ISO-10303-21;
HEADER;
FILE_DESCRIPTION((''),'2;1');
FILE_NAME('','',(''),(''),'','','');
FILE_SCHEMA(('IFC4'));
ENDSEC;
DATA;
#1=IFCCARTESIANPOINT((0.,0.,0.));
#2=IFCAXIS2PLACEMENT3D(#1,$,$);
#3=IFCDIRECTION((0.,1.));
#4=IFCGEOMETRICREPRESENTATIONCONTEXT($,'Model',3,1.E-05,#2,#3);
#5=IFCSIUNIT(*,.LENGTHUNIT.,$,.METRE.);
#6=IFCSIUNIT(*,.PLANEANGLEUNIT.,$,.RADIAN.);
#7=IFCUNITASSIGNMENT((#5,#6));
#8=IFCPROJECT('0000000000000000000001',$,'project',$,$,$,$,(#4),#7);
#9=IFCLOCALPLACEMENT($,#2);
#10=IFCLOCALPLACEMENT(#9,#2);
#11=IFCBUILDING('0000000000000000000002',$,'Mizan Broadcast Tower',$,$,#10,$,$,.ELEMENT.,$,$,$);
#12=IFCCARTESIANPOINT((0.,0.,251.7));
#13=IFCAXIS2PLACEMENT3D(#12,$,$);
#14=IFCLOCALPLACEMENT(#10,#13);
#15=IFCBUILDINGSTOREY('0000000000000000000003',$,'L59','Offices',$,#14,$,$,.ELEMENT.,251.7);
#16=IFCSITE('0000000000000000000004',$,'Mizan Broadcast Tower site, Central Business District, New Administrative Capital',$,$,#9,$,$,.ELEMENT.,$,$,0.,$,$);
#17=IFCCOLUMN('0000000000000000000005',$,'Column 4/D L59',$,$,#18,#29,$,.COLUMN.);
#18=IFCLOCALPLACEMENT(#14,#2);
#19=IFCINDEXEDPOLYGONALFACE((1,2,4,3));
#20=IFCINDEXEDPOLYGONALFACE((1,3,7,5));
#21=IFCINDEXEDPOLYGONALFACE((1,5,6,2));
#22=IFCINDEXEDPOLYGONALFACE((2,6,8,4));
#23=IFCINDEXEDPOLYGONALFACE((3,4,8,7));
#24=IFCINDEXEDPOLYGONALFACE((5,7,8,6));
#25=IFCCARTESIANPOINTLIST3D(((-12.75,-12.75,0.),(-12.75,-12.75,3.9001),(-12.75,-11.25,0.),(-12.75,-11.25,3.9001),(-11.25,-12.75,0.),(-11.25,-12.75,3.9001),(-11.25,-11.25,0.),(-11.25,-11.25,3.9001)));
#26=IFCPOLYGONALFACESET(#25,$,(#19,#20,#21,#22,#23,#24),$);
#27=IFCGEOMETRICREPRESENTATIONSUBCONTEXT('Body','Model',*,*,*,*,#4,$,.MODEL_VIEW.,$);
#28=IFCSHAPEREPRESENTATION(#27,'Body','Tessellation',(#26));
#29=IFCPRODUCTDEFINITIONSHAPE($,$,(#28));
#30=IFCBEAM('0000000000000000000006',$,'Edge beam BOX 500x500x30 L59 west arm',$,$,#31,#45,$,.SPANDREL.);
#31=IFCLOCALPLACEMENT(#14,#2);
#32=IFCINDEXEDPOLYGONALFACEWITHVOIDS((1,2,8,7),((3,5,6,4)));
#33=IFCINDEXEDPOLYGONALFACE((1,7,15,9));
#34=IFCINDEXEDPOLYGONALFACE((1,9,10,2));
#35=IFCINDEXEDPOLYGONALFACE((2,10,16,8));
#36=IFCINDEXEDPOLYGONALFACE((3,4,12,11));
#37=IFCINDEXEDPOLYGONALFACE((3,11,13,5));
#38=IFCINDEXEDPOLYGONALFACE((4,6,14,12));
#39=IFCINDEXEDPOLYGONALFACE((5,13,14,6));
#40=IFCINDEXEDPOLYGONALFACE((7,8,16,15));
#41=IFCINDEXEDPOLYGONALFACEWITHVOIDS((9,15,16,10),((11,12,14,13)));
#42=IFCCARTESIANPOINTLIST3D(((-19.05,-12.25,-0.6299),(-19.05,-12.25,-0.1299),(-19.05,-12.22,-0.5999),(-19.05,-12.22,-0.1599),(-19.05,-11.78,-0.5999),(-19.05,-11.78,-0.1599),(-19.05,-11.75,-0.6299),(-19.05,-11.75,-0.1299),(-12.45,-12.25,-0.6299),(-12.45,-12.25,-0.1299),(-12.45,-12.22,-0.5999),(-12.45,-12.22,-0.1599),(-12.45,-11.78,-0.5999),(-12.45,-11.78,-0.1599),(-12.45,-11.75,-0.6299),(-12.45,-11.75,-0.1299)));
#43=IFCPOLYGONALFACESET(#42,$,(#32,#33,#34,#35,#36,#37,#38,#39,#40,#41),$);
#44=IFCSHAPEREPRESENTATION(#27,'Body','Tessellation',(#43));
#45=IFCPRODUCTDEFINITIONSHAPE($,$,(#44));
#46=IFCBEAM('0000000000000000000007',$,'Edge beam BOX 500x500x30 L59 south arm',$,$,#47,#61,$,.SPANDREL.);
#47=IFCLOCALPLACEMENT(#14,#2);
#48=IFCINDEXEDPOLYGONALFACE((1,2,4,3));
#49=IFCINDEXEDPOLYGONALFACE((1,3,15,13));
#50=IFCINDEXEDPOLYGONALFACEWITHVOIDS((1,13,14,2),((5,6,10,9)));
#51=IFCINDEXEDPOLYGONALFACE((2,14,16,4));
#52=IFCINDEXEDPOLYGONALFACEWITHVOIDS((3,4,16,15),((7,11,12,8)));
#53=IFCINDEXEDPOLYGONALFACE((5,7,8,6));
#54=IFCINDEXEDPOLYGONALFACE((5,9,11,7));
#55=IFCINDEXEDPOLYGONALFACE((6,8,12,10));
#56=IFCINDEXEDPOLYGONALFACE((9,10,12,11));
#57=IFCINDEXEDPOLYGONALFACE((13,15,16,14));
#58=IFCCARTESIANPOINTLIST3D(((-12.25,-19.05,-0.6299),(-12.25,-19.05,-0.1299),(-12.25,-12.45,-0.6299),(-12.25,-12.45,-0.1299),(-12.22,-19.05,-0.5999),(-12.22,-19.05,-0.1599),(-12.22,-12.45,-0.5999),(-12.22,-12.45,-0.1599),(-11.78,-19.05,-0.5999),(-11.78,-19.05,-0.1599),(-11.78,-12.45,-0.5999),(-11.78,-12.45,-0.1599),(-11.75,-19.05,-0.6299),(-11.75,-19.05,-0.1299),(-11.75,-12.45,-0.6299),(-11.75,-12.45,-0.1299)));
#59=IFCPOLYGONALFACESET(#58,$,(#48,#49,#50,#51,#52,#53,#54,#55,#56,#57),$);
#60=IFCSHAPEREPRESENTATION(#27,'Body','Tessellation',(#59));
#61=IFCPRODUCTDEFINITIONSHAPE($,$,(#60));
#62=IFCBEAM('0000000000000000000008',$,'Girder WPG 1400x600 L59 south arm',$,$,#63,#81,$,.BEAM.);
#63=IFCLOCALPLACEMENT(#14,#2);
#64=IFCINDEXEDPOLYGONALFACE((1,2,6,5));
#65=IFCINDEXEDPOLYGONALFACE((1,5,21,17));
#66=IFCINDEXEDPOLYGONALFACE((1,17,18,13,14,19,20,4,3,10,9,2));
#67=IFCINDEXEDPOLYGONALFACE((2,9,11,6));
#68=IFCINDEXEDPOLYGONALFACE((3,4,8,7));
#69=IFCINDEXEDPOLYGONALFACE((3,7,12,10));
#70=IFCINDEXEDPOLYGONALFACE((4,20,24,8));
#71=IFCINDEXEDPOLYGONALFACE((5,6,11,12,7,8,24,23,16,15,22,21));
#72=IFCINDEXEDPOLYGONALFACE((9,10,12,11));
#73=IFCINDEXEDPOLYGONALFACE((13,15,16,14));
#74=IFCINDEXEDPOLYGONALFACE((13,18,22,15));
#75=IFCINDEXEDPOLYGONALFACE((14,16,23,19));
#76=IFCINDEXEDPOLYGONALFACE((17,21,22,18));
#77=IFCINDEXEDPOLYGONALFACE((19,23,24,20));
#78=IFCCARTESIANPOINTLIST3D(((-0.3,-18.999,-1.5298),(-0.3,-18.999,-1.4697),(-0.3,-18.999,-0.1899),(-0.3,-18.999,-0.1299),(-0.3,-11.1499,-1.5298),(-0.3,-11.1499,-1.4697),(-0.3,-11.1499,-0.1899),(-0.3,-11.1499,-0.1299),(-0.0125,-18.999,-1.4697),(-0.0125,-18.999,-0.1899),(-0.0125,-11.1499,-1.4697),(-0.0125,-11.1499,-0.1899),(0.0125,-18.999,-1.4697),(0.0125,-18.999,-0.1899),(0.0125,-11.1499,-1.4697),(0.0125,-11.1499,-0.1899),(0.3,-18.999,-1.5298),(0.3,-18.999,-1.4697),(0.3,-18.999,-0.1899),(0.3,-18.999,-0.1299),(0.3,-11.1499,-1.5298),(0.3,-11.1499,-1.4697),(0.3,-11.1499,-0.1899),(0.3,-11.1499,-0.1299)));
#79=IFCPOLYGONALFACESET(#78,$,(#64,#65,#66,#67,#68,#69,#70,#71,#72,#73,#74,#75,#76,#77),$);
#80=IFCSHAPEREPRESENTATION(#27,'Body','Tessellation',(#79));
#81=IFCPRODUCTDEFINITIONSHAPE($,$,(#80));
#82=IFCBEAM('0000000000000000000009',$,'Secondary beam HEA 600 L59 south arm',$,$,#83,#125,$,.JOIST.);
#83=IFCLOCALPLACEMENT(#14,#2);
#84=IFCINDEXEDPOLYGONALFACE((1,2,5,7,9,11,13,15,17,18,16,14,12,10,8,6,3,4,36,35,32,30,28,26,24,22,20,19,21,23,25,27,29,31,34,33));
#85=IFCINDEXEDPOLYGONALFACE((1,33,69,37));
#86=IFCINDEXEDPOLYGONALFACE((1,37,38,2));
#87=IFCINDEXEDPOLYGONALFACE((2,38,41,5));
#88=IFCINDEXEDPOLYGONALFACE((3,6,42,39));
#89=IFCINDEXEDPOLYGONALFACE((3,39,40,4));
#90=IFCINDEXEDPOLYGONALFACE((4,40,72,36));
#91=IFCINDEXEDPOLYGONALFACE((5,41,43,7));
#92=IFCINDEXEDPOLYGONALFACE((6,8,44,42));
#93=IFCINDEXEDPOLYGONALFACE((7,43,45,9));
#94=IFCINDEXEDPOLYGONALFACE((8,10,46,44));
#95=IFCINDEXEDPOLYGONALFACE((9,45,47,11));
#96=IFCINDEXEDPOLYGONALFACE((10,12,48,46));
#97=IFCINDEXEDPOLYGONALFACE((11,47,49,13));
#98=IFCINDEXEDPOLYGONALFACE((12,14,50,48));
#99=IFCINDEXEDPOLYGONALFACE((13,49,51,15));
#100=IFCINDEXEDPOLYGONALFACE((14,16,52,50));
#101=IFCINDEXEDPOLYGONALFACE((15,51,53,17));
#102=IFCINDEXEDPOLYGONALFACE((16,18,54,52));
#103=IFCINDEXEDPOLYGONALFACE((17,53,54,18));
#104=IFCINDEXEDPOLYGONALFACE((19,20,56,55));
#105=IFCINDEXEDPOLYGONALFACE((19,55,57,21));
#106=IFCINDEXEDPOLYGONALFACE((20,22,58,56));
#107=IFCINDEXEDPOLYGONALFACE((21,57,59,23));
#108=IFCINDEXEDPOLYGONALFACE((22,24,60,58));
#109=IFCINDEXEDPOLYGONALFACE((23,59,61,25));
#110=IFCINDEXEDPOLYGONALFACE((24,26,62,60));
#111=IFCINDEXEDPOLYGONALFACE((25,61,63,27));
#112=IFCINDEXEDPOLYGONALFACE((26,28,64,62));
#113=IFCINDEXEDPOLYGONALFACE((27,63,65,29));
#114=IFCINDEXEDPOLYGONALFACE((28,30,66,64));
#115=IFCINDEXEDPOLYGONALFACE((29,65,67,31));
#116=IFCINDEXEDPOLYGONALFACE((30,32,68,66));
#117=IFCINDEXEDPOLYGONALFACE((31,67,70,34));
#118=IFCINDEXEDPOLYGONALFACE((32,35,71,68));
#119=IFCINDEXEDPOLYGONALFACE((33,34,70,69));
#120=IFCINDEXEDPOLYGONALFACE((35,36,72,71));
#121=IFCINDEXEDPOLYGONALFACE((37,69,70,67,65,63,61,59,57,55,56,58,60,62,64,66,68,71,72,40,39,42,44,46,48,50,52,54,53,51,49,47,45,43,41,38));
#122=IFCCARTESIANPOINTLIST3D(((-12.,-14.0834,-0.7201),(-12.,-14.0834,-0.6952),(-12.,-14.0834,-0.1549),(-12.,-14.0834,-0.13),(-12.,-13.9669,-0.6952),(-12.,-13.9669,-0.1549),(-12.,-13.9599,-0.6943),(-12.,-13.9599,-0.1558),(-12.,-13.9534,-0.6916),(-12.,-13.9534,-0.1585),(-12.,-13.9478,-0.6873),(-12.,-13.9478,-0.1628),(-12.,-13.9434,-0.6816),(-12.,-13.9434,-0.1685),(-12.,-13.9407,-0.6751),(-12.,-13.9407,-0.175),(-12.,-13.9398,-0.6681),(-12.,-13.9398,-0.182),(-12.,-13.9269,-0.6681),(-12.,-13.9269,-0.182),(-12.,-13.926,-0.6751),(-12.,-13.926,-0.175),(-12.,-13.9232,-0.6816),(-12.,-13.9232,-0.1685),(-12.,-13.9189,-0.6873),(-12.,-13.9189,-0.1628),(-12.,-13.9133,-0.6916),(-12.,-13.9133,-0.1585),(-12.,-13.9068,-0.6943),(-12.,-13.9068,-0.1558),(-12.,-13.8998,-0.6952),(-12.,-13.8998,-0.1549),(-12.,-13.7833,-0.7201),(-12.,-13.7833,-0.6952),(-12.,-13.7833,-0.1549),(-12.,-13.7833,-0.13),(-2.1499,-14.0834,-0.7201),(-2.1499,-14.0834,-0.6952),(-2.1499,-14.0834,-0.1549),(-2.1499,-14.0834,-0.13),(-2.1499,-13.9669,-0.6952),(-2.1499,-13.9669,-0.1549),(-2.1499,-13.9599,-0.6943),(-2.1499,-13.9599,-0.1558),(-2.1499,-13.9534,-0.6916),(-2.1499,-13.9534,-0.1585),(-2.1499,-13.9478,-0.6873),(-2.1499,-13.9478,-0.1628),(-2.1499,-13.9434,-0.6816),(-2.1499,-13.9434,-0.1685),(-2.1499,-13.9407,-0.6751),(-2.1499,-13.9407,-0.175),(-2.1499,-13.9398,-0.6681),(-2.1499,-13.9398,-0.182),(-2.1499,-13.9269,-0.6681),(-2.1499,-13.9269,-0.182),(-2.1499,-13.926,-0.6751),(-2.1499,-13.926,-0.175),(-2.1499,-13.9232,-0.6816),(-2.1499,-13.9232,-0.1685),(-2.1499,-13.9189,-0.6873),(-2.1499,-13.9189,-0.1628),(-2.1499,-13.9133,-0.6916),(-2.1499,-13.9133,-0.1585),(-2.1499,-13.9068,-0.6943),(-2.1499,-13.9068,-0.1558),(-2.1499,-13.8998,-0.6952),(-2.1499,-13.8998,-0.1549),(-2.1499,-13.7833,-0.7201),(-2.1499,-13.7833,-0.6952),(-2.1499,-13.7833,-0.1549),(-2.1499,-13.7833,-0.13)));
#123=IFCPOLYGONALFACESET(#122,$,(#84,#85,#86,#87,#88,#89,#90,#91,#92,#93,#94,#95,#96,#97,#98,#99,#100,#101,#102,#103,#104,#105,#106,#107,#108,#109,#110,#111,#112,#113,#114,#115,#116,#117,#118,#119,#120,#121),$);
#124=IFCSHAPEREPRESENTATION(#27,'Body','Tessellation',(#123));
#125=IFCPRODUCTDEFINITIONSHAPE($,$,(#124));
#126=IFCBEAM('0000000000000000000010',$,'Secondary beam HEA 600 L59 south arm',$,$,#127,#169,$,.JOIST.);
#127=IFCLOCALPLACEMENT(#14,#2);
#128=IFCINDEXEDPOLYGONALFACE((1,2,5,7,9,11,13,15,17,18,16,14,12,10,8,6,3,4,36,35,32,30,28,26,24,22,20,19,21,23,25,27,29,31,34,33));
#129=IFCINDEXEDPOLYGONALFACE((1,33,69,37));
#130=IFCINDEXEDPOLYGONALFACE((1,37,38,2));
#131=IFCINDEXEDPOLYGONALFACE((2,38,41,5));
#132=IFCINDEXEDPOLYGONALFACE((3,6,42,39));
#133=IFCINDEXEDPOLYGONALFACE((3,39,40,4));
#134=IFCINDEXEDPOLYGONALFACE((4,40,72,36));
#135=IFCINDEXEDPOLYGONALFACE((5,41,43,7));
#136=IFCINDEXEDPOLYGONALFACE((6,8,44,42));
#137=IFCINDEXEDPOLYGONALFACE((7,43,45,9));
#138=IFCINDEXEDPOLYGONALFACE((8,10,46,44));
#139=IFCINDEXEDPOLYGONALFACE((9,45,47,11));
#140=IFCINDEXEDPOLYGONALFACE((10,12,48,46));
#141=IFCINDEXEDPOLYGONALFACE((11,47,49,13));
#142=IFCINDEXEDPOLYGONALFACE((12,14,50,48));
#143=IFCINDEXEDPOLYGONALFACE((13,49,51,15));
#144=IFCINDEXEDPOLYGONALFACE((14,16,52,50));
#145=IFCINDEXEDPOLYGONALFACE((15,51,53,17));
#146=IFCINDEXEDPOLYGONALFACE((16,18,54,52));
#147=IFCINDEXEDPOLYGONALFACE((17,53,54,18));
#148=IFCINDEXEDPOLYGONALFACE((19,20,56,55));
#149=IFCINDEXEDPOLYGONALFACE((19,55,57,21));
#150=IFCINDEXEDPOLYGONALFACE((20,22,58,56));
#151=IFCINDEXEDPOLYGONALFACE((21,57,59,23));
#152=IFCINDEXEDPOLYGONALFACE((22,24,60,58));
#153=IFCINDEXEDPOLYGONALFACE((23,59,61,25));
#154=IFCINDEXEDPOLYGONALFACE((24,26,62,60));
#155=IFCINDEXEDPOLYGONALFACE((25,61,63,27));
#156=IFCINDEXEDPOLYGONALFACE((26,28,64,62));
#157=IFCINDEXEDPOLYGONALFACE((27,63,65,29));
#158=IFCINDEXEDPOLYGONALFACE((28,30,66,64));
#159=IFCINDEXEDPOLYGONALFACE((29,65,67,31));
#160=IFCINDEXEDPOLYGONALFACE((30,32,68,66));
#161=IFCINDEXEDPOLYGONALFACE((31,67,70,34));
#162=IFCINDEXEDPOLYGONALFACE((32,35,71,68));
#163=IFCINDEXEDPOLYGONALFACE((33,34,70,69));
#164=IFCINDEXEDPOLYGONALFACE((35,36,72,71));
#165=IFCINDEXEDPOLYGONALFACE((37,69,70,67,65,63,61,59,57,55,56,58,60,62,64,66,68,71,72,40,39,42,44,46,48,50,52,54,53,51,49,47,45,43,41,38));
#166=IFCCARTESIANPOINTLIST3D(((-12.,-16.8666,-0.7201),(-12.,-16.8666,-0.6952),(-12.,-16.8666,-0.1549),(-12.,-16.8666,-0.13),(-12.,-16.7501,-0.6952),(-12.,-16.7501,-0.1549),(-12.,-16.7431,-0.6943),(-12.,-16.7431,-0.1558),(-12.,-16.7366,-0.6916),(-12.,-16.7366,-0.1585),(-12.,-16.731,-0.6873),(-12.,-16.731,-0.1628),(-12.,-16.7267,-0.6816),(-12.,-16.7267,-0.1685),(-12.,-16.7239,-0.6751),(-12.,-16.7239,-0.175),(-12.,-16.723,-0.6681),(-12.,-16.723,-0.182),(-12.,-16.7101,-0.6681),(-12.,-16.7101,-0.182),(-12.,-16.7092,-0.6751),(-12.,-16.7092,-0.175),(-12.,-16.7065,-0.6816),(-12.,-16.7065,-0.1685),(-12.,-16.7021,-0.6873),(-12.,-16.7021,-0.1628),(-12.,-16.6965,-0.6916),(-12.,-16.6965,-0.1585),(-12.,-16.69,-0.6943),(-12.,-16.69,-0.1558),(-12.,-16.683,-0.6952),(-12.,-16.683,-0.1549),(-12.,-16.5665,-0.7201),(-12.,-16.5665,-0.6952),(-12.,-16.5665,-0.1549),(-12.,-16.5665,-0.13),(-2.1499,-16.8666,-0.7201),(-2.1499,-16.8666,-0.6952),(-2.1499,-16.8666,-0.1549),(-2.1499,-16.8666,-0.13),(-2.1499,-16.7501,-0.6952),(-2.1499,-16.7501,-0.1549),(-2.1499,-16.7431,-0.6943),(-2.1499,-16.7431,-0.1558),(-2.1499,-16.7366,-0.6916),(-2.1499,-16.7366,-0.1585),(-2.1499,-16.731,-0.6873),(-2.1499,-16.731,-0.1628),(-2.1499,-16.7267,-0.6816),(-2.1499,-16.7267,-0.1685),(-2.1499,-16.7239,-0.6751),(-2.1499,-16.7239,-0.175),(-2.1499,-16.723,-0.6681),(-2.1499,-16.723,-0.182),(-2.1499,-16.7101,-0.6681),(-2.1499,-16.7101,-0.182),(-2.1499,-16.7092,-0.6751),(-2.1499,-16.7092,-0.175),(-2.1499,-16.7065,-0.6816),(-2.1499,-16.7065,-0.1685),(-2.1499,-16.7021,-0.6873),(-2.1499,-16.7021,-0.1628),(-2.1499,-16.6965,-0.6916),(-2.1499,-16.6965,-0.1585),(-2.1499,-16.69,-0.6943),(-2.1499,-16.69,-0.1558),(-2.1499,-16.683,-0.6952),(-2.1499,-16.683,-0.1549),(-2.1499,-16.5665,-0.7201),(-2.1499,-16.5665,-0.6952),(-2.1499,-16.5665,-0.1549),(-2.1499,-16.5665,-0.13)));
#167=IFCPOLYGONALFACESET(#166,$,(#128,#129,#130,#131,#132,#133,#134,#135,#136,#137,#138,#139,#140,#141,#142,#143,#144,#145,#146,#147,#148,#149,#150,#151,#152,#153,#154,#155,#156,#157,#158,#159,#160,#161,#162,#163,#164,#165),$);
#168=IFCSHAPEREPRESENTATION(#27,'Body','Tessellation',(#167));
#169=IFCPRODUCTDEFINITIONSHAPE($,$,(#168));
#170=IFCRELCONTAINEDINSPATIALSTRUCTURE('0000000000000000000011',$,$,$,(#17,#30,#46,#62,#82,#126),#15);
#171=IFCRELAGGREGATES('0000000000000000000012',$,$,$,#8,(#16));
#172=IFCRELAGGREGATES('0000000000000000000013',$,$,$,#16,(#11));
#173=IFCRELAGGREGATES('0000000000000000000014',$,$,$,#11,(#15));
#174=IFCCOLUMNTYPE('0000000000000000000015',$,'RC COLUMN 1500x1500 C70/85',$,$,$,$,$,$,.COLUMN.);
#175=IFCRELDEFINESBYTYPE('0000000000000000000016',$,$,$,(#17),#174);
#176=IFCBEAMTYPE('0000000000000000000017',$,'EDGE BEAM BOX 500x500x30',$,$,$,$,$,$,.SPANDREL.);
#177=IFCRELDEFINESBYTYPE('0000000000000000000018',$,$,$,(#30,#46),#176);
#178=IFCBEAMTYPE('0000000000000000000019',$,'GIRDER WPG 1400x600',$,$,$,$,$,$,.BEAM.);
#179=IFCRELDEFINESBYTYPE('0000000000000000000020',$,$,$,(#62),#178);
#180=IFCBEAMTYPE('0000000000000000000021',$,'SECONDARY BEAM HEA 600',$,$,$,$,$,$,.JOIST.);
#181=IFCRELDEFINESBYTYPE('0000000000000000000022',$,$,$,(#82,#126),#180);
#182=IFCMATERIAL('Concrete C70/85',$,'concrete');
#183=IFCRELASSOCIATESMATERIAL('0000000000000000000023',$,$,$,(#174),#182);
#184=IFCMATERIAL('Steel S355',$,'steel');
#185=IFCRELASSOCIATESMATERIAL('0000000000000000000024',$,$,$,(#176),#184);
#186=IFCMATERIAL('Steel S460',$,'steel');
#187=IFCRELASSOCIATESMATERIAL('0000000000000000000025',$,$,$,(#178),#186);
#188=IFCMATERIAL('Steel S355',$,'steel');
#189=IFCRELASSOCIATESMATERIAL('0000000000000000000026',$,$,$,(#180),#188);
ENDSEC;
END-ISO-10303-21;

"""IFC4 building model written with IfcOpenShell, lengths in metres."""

from ifc_helpers import new_model, si_unit, direction, frame, origin, origin_2d, place, context, subcontext, project, spatial, rectangle, hollow_rectangle, i_section, extrude, material, material_profile, profile_set, type_object, element, save


model = new_model("IFC4")

# Units and contexts
model_context = context("Model", 3, precision=1e-05, world=origin(), true_north=direction((0.0, 1.0)))
body_context = subcontext(model_context, "Body", "Model", "MODEL_VIEW")
ifc_project = project(units=[si_unit("LENGTHUNIT", "METRE"), si_unit("PLANEANGLEUNIT", "RADIAN")], contexts=[model_context])

# Site, building, storey
site_placement = place(None, origin())
site = spatial("IfcSite", under=ifc_project, at=site_placement, Name="Mizan Broadcast Tower site, Central Business District, New Administrative Capital", CompositionType="ELEMENT", RefElevation=0.0)
building_placement = place(site_placement, origin())
building = spatial("IfcBuilding", under=site, at=building_placement, Name="Mizan Broadcast Tower", CompositionType="ELEMENT")
storey_placement = place(building_placement, frame((0.0, 0.0, 251.7)))
storey = spatial("IfcBuildingStorey", under=building, at=storey_placement, Name="L59", Description="Offices", CompositionType="ELEMENT", Elevation=251.7)

# Column
ifc_material_1 = material(Name="Concrete C70/85", Category="concrete")
ifc_material_profile_1 = material_profile(ifc_material_1, rectangle(XDim=1.5, YDim=1.5, at=origin_2d()), Name="RC 1500x1500")
ifc_profile_set_1 = profile_set([ifc_material_profile_1], Name="Concrete C70/85")
column_type = type_object("IfcColumnType", Name="RC COLUMN 1500x1500 C70/85", PredefinedType="COLUMN", material=ifc_profile_set_1)
column_placement = place(storey_placement, frame((-12.0, -12.0, 0.0), z_axis=(0.0, 0.0, 1.0), x_axis=(1.0, 0.0, 0.0)))
element("IfcColumn", 1, at=column_placement, inside=storey, type_object=column_type, Name="Column 4/D L59", PredefinedType="COLUMN", context=body_context, shape_type="SweptSolid", body=[
    extrude(rectangle(XDim=1.5, YDim=1.5, at=origin_2d()), origin(), (0.0, 0.0, 1.0), 3.9001),
])

# Beams
ifc_material_2 = material(Name="Steel S355", Category="steel")
ifc_material_profile_2 = material_profile(ifc_material_2, hollow_rectangle(XDim=0.5, YDim=0.5, WallThickness=0.03, at=origin_2d()), Name="BOX 500x500x30")
ifc_profile_set_2 = profile_set([ifc_material_profile_2], Name="Steel S355")
beam_type_1 = type_object("IfcBeamType", Name="EDGE BEAM BOX 500x500x30", PredefinedType="SPANDREL", material=ifc_profile_set_2)
for number, where, z_axis, x_axis, name in (
    (2, (-12.45, -12.0, -0.3799), (-1.0, 0.0, 0.0), (0.0, -1.0, 0.0), "Edge beam BOX 500x500x30 L59 west arm"),
    (3, (-12.0, -12.45, -0.3799), (0.0, -1.0, 0.0), (1.0, 0.0, 0.0), "Edge beam BOX 500x500x30 L59 south arm"),
):
    element("IfcBeam", number, at=place(storey_placement, frame(where, z_axis=z_axis, x_axis=x_axis)), inside=storey, type_object=beam_type_1, Name=name, PredefinedType="SPANDREL", context=body_context, shape_type="SweptSolid", body=[
        extrude(hollow_rectangle(XDim=0.5, YDim=0.5, WallThickness=0.03, at=origin_2d()), origin(), (0.0, 0.0, 1.0), 6.6001),
    ])
ifc_material_3 = material(Name="Steel S460", Category="steel")
ifc_material_profile_3 = material_profile(ifc_material_3, i_section(OverallWidth=0.6001, OverallDepth=1.3999, WebThickness=0.0249, FlangeThickness=0.0601, at=origin_2d()), Name="WPG 1400x600")
ifc_profile_set_3 = profile_set([ifc_material_profile_3], Name="Steel S460")
beam_type_2 = type_object("IfcBeamType", Name="GIRDER WPG 1400x600", PredefinedType="BEAM", material=ifc_profile_set_3)
beam_1_placement = place(storey_placement, frame((0.0, -11.1499, -0.8298), z_axis=(0.0, -1.0, 0.0), x_axis=(1.0, 0.0, 0.0)))
element("IfcBeam", 4, at=beam_1_placement, inside=storey, type_object=beam_type_2, Name="Girder WPG 1400x600 L59 south arm", PredefinedType="BEAM", context=body_context, shape_type="SweptSolid", body=[
    extrude(i_section(OverallWidth=0.6001, OverallDepth=1.3999, WebThickness=0.0249, FlangeThickness=0.0601, at=origin_2d()), origin(), (0.0, 0.0, 1.0), 7.8491),
])
ifc_material_4 = material(Name="Steel S355", Category="steel")
ifc_material_profile_4 = material_profile(ifc_material_4, i_section(OverallWidth=0.3, OverallDepth=0.5901, WebThickness=0.0129, FlangeThickness=0.0249, FilletRadius=0.0271, at=origin_2d()), Name="HEA 600")
ifc_profile_set_4 = profile_set([ifc_material_profile_4], Name="Steel S355")
beam_type_3 = type_object("IfcBeamType", Name="SECONDARY BEAM HEA 600", PredefinedType="JOIST", material=ifc_profile_set_4)
for number, where, z_axis, x_axis, name in (
    (5, (-12.0, -13.9333, -0.425), (1.0, 0.0, 0.0), (0.0, 1.0, 0.0), "Secondary beam HEA 600 L59 south arm"),
    (6, (-12.0, -16.7166, -0.425), (1.0, 0.0, 0.0), (0.0, 1.0, 0.0), "Secondary beam HEA 600 L59 south arm"),
):
    element("IfcBeam", number, at=place(storey_placement, frame(where, z_axis=z_axis, x_axis=x_axis)), inside=storey, type_object=beam_type_3, Name=name, PredefinedType="JOIST", context=body_context, shape_type="SweptSolid", body=[
        extrude(i_section(OverallWidth=0.3, OverallDepth=0.5901, WebThickness=0.0129, FlangeThickness=0.0249, FilletRadius=0.0271, at=origin_2d()), origin(), (0.0, 0.0, 1.0), 9.8501),
    ])

save(model, "model.ifc")
